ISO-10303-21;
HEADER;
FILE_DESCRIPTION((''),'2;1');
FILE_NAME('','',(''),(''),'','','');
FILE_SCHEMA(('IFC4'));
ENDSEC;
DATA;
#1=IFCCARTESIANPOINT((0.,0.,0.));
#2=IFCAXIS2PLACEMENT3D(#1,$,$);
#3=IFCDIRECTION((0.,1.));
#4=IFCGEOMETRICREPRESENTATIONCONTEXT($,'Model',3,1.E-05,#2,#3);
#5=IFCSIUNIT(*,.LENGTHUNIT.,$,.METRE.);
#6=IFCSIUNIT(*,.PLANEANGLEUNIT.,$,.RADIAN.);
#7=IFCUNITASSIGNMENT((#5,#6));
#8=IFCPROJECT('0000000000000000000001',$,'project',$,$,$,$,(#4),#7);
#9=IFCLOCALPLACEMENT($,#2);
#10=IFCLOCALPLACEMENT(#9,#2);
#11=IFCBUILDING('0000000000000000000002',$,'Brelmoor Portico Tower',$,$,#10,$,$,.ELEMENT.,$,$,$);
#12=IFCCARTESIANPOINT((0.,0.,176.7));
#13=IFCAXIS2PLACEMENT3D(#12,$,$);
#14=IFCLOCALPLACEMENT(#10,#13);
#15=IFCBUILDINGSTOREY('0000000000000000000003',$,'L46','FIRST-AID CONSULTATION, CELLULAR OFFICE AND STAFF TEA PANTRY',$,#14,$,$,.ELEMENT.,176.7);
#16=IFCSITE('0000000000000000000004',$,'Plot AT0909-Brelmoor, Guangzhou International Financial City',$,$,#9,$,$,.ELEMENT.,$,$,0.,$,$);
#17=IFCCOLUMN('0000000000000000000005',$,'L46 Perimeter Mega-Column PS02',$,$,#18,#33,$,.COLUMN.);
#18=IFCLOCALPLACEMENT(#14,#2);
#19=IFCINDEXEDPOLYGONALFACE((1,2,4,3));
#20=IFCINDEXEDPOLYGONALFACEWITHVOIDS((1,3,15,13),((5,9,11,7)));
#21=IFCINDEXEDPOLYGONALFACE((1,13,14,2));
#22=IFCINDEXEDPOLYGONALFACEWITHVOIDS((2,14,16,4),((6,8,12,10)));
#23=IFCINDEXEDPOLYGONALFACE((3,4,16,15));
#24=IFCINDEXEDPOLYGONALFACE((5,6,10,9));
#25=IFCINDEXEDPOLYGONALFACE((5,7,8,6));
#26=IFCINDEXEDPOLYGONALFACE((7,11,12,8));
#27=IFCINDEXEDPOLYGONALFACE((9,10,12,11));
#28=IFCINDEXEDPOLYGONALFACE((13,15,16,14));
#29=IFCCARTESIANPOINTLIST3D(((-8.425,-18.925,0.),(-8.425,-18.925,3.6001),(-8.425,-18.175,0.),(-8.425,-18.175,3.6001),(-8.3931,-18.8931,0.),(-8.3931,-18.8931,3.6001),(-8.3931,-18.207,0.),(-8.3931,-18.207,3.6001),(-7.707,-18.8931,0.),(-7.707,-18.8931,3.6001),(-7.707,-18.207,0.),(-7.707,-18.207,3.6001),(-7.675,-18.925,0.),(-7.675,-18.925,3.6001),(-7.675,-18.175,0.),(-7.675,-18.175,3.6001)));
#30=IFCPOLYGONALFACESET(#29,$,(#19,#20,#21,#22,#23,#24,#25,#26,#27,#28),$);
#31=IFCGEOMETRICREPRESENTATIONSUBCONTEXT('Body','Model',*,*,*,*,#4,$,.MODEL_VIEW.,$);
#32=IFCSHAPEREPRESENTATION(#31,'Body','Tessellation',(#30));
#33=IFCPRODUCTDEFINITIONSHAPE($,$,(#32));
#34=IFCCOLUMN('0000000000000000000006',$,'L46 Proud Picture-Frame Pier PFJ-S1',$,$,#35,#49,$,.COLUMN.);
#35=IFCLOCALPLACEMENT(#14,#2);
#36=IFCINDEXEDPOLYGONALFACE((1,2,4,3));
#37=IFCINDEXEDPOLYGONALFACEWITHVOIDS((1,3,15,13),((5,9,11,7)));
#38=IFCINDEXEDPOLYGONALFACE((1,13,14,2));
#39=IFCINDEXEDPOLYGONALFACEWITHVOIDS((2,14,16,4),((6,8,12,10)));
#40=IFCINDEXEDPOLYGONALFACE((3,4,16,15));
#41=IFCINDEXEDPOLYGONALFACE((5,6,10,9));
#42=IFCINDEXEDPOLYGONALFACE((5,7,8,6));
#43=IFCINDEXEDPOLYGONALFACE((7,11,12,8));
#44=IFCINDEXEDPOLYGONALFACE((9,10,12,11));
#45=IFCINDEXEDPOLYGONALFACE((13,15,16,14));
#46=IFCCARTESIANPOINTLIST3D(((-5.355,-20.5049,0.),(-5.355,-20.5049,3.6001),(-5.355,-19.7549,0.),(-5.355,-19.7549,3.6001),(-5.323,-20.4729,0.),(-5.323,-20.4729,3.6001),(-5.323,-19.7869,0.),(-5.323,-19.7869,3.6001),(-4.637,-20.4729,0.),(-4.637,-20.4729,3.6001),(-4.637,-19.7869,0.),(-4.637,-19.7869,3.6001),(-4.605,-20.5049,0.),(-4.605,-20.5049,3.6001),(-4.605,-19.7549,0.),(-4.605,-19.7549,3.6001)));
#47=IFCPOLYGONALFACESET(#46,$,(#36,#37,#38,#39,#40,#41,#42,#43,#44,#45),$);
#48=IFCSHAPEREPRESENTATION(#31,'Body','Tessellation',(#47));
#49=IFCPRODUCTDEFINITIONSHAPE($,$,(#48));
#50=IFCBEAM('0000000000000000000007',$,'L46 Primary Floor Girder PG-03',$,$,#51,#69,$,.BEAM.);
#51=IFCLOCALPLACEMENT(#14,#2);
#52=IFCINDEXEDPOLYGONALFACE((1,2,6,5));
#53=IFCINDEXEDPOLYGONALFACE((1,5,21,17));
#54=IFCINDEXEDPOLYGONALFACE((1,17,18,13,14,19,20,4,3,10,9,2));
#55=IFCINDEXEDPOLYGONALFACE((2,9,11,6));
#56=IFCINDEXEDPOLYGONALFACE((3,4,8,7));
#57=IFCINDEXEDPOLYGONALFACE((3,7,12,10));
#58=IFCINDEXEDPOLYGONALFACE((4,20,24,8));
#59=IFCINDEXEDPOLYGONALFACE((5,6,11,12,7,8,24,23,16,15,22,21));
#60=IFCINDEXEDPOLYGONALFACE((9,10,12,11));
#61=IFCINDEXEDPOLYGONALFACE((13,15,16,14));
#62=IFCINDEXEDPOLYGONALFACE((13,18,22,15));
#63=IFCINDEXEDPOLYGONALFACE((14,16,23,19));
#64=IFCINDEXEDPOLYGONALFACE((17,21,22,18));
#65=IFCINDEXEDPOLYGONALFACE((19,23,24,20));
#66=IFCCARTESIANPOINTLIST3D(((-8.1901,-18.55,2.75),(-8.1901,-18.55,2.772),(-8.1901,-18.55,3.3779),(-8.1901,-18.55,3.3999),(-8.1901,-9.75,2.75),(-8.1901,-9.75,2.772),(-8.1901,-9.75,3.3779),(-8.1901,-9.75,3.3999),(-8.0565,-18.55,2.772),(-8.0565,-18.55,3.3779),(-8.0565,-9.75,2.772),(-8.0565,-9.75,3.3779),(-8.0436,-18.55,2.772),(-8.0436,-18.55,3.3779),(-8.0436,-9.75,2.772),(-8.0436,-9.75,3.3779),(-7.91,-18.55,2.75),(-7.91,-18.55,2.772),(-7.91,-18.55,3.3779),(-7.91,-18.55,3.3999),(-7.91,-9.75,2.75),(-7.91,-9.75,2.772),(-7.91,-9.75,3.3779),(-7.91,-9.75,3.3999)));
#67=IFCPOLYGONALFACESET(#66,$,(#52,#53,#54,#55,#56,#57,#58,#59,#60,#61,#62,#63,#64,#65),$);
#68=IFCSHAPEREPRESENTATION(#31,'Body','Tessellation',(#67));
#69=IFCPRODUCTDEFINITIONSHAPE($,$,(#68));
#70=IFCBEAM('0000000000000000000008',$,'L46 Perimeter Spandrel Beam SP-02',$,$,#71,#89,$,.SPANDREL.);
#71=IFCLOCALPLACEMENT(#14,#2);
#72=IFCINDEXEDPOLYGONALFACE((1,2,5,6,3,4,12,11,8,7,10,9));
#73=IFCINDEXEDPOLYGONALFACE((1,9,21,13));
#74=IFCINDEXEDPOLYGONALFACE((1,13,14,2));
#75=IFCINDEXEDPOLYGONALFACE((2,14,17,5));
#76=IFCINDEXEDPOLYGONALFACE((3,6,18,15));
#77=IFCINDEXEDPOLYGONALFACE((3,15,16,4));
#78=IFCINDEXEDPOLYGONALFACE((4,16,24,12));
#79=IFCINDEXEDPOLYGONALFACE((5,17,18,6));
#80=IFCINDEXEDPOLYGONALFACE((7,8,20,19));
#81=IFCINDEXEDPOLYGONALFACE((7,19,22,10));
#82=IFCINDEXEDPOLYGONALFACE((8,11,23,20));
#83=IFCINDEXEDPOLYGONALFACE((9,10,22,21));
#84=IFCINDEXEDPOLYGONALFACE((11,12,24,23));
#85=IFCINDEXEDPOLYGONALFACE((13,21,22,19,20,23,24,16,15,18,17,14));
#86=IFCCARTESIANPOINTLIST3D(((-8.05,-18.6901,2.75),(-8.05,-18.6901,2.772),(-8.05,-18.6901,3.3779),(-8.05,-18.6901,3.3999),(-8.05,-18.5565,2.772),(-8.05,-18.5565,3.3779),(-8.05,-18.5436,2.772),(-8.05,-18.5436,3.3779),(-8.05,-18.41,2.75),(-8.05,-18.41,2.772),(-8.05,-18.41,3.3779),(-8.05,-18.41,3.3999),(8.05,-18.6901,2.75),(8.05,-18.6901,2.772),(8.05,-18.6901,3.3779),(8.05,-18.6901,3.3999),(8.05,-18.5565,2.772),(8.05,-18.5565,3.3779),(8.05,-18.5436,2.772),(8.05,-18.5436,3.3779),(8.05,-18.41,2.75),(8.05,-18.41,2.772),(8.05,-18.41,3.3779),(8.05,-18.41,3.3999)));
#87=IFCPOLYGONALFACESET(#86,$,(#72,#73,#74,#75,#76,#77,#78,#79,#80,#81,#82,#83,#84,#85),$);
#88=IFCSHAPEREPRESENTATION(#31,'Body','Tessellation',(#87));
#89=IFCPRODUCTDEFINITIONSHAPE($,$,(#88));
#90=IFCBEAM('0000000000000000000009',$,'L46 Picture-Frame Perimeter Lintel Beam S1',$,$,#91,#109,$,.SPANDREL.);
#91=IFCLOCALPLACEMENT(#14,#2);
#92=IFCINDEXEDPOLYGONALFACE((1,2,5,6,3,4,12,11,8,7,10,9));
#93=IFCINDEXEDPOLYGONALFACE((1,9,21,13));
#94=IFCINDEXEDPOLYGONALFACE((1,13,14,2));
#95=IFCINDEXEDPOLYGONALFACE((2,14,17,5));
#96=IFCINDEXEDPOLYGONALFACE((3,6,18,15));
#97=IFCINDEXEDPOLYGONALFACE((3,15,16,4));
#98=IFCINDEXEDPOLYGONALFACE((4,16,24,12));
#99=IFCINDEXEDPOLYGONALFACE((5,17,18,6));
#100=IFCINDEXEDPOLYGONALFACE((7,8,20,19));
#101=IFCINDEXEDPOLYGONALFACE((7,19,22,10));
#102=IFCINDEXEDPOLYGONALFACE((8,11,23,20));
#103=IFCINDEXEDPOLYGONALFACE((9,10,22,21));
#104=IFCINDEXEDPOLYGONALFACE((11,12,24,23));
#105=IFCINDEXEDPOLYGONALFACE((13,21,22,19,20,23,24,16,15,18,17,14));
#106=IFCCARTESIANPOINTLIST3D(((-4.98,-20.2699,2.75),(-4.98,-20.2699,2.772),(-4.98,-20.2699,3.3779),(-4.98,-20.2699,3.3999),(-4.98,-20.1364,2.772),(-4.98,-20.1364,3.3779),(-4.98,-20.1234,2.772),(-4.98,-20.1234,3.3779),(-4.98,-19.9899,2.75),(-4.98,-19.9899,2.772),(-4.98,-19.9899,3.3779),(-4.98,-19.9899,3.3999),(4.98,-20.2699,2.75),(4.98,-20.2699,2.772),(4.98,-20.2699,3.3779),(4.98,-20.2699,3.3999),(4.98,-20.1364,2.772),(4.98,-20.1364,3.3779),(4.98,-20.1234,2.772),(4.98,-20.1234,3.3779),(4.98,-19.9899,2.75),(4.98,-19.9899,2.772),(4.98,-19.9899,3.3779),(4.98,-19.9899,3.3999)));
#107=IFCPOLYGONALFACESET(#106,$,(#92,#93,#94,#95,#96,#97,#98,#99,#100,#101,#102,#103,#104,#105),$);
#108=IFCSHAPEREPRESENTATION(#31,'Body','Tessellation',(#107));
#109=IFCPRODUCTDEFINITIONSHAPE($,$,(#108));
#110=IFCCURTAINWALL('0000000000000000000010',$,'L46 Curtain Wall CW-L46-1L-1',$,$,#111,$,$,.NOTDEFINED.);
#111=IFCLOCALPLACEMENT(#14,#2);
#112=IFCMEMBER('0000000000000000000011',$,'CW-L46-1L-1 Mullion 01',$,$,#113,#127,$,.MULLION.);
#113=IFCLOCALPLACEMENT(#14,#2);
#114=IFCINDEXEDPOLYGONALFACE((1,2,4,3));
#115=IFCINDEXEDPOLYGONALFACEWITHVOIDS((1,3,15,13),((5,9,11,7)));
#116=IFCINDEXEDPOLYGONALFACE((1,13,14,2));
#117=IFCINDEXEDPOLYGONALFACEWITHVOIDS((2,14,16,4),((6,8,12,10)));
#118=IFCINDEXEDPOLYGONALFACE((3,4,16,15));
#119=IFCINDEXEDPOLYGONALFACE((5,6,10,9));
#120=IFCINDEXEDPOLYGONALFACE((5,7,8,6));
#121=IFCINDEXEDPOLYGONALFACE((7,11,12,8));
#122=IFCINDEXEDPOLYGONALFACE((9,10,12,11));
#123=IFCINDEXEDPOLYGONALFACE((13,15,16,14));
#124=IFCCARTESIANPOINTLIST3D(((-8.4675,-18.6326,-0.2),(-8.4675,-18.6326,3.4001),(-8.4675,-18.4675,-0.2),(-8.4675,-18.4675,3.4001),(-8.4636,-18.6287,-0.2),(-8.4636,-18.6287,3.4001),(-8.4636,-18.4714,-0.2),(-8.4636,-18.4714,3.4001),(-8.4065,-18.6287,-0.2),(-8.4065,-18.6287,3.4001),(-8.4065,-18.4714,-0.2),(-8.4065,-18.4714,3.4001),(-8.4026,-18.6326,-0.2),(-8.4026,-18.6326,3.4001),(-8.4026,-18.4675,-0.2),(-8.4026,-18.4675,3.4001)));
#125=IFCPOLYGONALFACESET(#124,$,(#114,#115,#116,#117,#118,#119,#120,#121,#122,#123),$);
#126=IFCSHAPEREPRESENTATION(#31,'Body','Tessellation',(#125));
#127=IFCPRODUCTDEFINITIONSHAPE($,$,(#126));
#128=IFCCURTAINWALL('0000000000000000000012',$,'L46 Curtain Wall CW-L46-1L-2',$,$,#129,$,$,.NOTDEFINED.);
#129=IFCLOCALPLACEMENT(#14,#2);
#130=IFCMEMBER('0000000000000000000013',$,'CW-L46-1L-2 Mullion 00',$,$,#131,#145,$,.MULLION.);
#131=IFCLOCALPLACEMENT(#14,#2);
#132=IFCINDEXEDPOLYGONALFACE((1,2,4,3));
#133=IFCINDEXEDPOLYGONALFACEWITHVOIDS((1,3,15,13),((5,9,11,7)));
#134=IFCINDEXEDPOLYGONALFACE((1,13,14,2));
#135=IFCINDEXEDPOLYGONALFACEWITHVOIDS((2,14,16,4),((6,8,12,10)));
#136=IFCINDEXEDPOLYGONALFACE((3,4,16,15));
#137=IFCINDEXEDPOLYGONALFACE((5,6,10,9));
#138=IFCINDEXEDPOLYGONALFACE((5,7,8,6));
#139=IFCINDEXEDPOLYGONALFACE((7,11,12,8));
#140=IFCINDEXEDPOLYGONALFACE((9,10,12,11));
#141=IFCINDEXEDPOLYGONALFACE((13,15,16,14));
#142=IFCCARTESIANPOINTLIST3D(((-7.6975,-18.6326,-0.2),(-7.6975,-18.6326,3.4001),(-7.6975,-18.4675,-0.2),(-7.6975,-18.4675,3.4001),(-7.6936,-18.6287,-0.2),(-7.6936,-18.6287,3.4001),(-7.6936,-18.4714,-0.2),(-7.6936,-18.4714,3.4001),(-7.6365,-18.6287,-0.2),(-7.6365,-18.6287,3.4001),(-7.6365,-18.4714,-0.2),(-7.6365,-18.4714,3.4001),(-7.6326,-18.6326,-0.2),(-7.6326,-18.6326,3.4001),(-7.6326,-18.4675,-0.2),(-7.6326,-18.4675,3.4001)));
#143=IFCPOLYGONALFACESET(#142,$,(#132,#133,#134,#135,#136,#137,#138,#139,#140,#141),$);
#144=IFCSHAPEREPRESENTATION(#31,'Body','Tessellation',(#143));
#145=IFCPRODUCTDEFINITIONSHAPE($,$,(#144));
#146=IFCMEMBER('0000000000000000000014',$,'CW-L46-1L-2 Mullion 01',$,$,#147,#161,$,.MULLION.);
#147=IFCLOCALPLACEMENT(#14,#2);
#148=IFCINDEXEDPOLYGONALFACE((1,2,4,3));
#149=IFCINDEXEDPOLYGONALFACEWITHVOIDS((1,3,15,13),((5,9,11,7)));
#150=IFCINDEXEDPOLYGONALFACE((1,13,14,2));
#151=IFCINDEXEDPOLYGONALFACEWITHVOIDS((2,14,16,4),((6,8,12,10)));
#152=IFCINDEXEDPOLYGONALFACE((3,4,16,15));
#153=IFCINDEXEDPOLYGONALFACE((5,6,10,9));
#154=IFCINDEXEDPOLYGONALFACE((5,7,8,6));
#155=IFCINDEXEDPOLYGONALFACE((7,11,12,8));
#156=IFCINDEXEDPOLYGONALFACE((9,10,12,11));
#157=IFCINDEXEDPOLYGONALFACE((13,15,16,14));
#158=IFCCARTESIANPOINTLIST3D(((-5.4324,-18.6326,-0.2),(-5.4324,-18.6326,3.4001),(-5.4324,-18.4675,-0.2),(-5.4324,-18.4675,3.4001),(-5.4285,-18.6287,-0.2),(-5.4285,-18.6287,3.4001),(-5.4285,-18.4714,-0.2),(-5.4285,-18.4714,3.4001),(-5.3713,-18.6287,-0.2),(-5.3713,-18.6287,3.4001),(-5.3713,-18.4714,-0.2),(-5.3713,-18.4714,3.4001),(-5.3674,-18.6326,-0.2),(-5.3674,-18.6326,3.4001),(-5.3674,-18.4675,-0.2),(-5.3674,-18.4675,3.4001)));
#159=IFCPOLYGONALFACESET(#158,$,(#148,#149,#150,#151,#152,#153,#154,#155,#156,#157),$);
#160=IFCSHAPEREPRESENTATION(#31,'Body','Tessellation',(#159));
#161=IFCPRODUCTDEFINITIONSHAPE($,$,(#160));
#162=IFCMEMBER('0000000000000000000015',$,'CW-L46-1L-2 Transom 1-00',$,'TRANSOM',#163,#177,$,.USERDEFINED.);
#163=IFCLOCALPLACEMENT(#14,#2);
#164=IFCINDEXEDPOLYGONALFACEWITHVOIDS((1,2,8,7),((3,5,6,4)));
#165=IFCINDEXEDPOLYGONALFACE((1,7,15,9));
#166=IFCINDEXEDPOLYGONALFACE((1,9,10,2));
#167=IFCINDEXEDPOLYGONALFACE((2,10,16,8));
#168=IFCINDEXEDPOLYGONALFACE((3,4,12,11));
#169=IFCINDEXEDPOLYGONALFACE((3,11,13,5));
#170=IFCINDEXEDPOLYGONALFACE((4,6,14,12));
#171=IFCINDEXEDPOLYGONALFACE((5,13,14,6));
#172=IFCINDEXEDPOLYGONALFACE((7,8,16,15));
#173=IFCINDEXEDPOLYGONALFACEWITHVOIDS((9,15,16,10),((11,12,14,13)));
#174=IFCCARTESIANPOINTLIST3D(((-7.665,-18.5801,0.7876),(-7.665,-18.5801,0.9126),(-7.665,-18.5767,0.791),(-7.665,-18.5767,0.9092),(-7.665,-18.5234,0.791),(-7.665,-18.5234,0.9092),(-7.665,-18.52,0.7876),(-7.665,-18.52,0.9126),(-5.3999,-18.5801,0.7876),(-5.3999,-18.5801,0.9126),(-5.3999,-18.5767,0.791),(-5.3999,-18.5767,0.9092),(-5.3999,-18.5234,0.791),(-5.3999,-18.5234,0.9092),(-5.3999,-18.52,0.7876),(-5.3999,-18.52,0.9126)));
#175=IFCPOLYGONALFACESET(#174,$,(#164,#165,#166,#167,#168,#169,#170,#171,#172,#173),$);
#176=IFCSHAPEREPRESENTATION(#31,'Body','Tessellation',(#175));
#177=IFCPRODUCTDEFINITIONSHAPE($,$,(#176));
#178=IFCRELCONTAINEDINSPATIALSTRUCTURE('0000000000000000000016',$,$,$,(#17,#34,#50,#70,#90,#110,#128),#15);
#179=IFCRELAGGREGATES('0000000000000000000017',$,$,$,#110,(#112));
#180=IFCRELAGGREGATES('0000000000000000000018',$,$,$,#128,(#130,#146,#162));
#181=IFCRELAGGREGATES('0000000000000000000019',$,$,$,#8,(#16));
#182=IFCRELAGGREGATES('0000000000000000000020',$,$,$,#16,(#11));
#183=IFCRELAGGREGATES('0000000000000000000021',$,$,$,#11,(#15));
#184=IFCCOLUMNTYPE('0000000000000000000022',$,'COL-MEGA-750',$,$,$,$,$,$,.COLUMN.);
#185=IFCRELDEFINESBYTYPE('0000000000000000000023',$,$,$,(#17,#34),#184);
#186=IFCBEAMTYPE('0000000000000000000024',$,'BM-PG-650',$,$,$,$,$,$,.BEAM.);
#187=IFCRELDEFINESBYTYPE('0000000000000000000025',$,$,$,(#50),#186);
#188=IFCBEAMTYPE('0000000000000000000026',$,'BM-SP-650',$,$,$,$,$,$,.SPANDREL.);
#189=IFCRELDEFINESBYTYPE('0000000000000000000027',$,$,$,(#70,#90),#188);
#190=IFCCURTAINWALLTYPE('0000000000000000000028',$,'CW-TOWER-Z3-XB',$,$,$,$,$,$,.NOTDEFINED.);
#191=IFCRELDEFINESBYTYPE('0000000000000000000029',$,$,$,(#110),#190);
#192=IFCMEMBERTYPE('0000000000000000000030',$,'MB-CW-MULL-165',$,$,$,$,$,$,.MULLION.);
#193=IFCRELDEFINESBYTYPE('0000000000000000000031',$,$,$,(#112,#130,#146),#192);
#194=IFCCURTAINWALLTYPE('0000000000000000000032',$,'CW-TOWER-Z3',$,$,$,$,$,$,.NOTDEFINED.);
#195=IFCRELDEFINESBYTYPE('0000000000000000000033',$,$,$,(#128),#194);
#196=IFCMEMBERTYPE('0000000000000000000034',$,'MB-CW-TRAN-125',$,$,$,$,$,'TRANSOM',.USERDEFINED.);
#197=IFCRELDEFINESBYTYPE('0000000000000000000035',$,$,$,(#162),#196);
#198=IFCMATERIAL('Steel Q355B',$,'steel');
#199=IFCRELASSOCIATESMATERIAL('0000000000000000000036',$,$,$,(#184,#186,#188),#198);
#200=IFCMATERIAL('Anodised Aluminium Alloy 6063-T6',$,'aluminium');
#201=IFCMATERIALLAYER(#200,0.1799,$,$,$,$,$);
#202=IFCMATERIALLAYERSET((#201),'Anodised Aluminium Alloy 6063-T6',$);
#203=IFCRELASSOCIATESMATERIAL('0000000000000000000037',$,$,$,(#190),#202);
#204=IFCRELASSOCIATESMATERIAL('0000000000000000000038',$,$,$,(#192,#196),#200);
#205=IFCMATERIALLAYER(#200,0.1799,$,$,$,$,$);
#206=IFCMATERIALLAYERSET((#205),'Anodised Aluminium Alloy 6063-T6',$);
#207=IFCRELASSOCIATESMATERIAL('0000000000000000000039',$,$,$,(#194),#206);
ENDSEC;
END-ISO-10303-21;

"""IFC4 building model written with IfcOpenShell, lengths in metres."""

from ifc_helpers import new_model, si_unit, direction, frame, origin, origin_2d, place, context, subcontext, project, spatial, hollow_rectangle, i_section, extrude, material, layer, layer_set, material_profile, profile_set, type_object, element, aggregate, save


model = new_model("IFC4")

# Units and contexts
model_context = context("Model", 3, precision=1e-05, world=origin(), true_north=direction((0.0, 1.0)))
body_context = subcontext(model_context, "Body", "Model", "MODEL_VIEW")
ifc_project = project(units=[si_unit("LENGTHUNIT", "METRE"), si_unit("PLANEANGLEUNIT", "RADIAN")], contexts=[model_context])

# Site, building, storey
site_placement = place(None, origin())
site = spatial("IfcSite", under=ifc_project, at=site_placement, Name="Plot AT0909-Brelmoor, Guangzhou International Financial City", CompositionType="ELEMENT", RefElevation=0.0)
building_placement = place(site_placement, origin())
building = spatial("IfcBuilding", under=site, at=building_placement, Name="Brelmoor Portico Tower", CompositionType="ELEMENT")
storey_placement = place(building_placement, frame((0.0, 0.0, 176.7)))
storey = spatial("IfcBuildingStorey", under=building, at=storey_placement, Name="L46", Description="FIRST-AID CONSULTATION, CELLULAR OFFICE AND STAFF TEA PANTRY", CompositionType="ELEMENT", Elevation=176.7)

# Columns
ifc_material_1 = material(Name="Steel Q355B", Category="steel")
ifc_material_profile_1 = material_profile(ifc_material_1, hollow_rectangle(XDim=0.75, YDim=0.75, WallThickness=0.032, at=origin_2d()), Name="BOX 750x750x32")
ifc_profile_set_1 = profile_set([ifc_material_profile_1], Name="Steel Q355B")
column_type = type_object("IfcColumnType", Name="COL-MEGA-750", PredefinedType="COLUMN", material=ifc_profile_set_1)
for number, where, z_axis, x_axis, name in (
    (1, (-8.05, -18.55, 0.0), (0.0, 0.0, 1.0), (1.0, 0.0, 0.0), "L46 Perimeter Mega-Column PS02"),
    (2, (-4.98, -20.1299, 0.0), (0.0, 0.0, 1.0), (1.0, 0.0, 0.0), "L46 Proud Picture-Frame Pier PFJ-S1"),
):
    element("IfcColumn", number, at=place(storey_placement, frame(where, z_axis=z_axis, x_axis=x_axis)), inside=storey, type_object=column_type, Name=name, PredefinedType="COLUMN", context=body_context, shape_type="SweptSolid", body=[
        extrude(hollow_rectangle(XDim=0.75, YDim=0.75, WallThickness=0.032, at=origin_2d()), origin(), (0.0, 0.0, 1.0), 3.6001),
    ])

# Beams
ifc_material_profile_2 = material_profile(ifc_material_1, i_section(OverallWidth=0.28, OverallDepth=0.6499, WebThickness=0.0129, FlangeThickness=0.022, at=origin_2d()), Name="HN 650x280x13x22")
ifc_profile_set_2 = profile_set([ifc_material_profile_2], Name="Steel Q355B")
beam_type_1 = type_object("IfcBeamType", Name="BM-PG-650", PredefinedType="BEAM", material=ifc_profile_set_2)
beam_1_placement = place(storey_placement, frame((-8.05, -18.55, 3.075), z_axis=(0.0, 1.0, 0.0), x_axis=(-1.0, 0.0, 0.0)))
element("IfcBeam", 3, at=beam_1_placement, inside=storey, type_object=beam_type_1, Name="L46 Primary Floor Girder PG-03", PredefinedType="BEAM", context=body_context, shape_type="SweptSolid", body=[
    extrude(i_section(OverallWidth=0.28, OverallDepth=0.6499, WebThickness=0.0129, FlangeThickness=0.022, at=origin_2d()), origin(), (0.0, 0.0, 1.0), 8.8),
])
ifc_material_profile_3 = material_profile(ifc_material_1, i_section(OverallWidth=0.28, OverallDepth=0.6499, WebThickness=0.0129, FlangeThickness=0.022, at=origin_2d()), Name="HN 650x280x13x22")
ifc_profile_set_3 = profile_set([ifc_material_profile_3], Name="Steel Q355B")
beam_type_2 = type_object("IfcBeamType", Name="BM-SP-650", PredefinedType="SPANDREL", material=ifc_profile_set_3)
beam_2_placement = place(storey_placement, frame((-8.05, -18.55, 3.075), z_axis=(1.0, 0.0, 0.0), x_axis=(0.0, 1.0, 0.0)))
element("IfcBeam", 4, at=beam_2_placement, inside=storey, type_object=beam_type_2, Name="L46 Perimeter Spandrel Beam SP-02", PredefinedType="SPANDREL", context=body_context, shape_type="SweptSolid", body=[
    extrude(i_section(OverallWidth=0.28, OverallDepth=0.6499, WebThickness=0.0129, FlangeThickness=0.022, at=origin_2d()), origin(), (0.0, 0.0, 1.0), 16.1001),
])
beam_3_placement = place(storey_placement, frame((-4.98, -20.1299, 3.075), z_axis=(1.0, 0.0, 0.0), x_axis=(0.0, 1.0, 0.0)))
element("IfcBeam", 5, at=beam_3_placement, inside=storey, type_object=beam_type_2, Name="L46 Picture-Frame Perimeter Lintel Beam S1", PredefinedType="SPANDREL", context=body_context, shape_type="SweptSolid", body=[
    extrude(i_section(OverallWidth=0.28, OverallDepth=0.6499, WebThickness=0.0129, FlangeThickness=0.022, at=origin_2d()), origin(), (0.0, 0.0, 1.0), 9.96),
])

# Curtain wall, member
ifc_material_2 = material(Name="Anodised Aluminium Alloy 6063-T6", Category="aluminium")
ifc_layer_1 = layer(ifc_material_2, 0.1799)
ifc_layer_set_1 = layer_set([ifc_layer_1], Name="Anodised Aluminium Alloy 6063-T6")
curtain_wall_type_1 = type_object("IfcCurtainWallType", Name="CW-TOWER-Z3-XB", PredefinedType="NOTDEFINED", material=ifc_layer_set_1)
curtain_wall_1_placement = place(storey_placement, origin())
curtain_wall_1 = element("IfcCurtainWall", 6, at=curtain_wall_1_placement, inside=storey, type_object=curtain_wall_type_1, Name="L46 Curtain Wall CW-L46-1L-1", PredefinedType="NOTDEFINED")
ifc_material_profile_4 = material_profile(ifc_material_2, hollow_rectangle(XDim=0.0649, YDim=0.165, WallThickness=0.0039, at=origin_2d()), Name="ALU MULLION 65x165")
ifc_profile_set_4 = profile_set([ifc_material_profile_4], Name="Anodised Aluminium Alloy 6063-T6")
member_type_1 = type_object("IfcMemberType", Name="MB-CW-MULL-165", PredefinedType="MULLION", material=ifc_profile_set_4)
member_1_placement = place(storey_placement, frame((-8.4351, -18.55, -0.2), z_axis=(0.0, 0.0, 1.0), x_axis=(1.0, 0.0, 0.0)))
member_1 = element("IfcMember", 7, at=member_1_placement, type_object=member_type_1, Name="CW-L46-1L-1 Mullion 01", PredefinedType="MULLION", context=body_context, shape_type="SweptSolid", body=[
    extrude(hollow_rectangle(XDim=0.0649, YDim=0.165, WallThickness=0.0039, at=origin_2d()), origin(), (0.0, 0.0, 1.0), 3.6001),
])

# Curtain wall, members
ifc_layer_2 = layer(ifc_material_2, 0.1799)
ifc_layer_set_2 = layer_set([ifc_layer_2], Name="Anodised Aluminium Alloy 6063-T6")
curtain_wall_type_2 = type_object("IfcCurtainWallType", Name="CW-TOWER-Z3", PredefinedType="NOTDEFINED", material=ifc_layer_set_2)
curtain_wall_2_placement = place(storey_placement, origin())
curtain_wall_2 = element("IfcCurtainWall", 8, at=curtain_wall_2_placement, inside=storey, type_object=curtain_wall_type_2, Name="L46 Curtain Wall CW-L46-1L-2", PredefinedType="NOTDEFINED")
member_2_placement = place(storey_placement, frame((-7.665, -18.55, -0.2), z_axis=(0.0, 0.0, 1.0), x_axis=(1.0, 0.0, 0.0)))
member_2 = element("IfcMember", 9, at=member_2_placement, type_object=member_type_1, Name="CW-L46-1L-2 Mullion 00", PredefinedType="MULLION", context=body_context, shape_type="SweptSolid", body=[
    extrude(hollow_rectangle(XDim=0.0649, YDim=0.165, WallThickness=0.0039, at=origin_2d()), origin(), (0.0, 0.0, 1.0), 3.6001),
])
member_3_placement = place(storey_placement, frame((-5.3999, -18.55, -0.2), z_axis=(0.0, 0.0, 1.0), x_axis=(1.0, 0.0, 0.0)))
member_3 = element("IfcMember", 10, at=member_3_placement, type_object=member_type_1, Name="CW-L46-1L-2 Mullion 01", PredefinedType="MULLION", context=body_context, shape_type="SweptSolid", body=[
    extrude(hollow_rectangle(XDim=0.0649, YDim=0.165, WallThickness=0.0039, at=origin_2d()), origin(), (0.0, 0.0, 1.0), 3.6001),
])
ifc_material_profile_5 = material_profile(ifc_material_2, hollow_rectangle(XDim=0.0601, YDim=0.125, WallThickness=0.0034, at=origin_2d()), Name="ALU TRANSOM 60x125")
ifc_profile_set_5 = profile_set([ifc_material_profile_5], Name="Anodised Aluminium Alloy 6063-T6")
member_type_2 = type_object("IfcMemberType", Name="MB-CW-TRAN-125", ElementType="TRANSOM", PredefinedType="USERDEFINED", material=ifc_profile_set_5)
member_4_placement = place(storey_placement, frame((-7.665, -18.55, 0.8501), z_axis=(1.0, 0.0, 0.0), x_axis=(0.0, 1.0, 0.0)))
member_4 = element("IfcMember", 11, at=member_4_placement, type_object=member_type_2, Name="CW-L46-1L-2 Transom 1-00", ObjectType="TRANSOM", PredefinedType="USERDEFINED", context=body_context, shape_type="SweptSolid", body=[
    extrude(hollow_rectangle(XDim=0.0601, YDim=0.125, WallThickness=0.0034, at=origin_2d()), origin(), (0.0, 0.0, 1.0), 2.2651),
])

aggregate(curtain_wall_1, [member_1])
aggregate(curtain_wall_2, [member_2, member_3, member_4])

save(model, "model.ifc")
